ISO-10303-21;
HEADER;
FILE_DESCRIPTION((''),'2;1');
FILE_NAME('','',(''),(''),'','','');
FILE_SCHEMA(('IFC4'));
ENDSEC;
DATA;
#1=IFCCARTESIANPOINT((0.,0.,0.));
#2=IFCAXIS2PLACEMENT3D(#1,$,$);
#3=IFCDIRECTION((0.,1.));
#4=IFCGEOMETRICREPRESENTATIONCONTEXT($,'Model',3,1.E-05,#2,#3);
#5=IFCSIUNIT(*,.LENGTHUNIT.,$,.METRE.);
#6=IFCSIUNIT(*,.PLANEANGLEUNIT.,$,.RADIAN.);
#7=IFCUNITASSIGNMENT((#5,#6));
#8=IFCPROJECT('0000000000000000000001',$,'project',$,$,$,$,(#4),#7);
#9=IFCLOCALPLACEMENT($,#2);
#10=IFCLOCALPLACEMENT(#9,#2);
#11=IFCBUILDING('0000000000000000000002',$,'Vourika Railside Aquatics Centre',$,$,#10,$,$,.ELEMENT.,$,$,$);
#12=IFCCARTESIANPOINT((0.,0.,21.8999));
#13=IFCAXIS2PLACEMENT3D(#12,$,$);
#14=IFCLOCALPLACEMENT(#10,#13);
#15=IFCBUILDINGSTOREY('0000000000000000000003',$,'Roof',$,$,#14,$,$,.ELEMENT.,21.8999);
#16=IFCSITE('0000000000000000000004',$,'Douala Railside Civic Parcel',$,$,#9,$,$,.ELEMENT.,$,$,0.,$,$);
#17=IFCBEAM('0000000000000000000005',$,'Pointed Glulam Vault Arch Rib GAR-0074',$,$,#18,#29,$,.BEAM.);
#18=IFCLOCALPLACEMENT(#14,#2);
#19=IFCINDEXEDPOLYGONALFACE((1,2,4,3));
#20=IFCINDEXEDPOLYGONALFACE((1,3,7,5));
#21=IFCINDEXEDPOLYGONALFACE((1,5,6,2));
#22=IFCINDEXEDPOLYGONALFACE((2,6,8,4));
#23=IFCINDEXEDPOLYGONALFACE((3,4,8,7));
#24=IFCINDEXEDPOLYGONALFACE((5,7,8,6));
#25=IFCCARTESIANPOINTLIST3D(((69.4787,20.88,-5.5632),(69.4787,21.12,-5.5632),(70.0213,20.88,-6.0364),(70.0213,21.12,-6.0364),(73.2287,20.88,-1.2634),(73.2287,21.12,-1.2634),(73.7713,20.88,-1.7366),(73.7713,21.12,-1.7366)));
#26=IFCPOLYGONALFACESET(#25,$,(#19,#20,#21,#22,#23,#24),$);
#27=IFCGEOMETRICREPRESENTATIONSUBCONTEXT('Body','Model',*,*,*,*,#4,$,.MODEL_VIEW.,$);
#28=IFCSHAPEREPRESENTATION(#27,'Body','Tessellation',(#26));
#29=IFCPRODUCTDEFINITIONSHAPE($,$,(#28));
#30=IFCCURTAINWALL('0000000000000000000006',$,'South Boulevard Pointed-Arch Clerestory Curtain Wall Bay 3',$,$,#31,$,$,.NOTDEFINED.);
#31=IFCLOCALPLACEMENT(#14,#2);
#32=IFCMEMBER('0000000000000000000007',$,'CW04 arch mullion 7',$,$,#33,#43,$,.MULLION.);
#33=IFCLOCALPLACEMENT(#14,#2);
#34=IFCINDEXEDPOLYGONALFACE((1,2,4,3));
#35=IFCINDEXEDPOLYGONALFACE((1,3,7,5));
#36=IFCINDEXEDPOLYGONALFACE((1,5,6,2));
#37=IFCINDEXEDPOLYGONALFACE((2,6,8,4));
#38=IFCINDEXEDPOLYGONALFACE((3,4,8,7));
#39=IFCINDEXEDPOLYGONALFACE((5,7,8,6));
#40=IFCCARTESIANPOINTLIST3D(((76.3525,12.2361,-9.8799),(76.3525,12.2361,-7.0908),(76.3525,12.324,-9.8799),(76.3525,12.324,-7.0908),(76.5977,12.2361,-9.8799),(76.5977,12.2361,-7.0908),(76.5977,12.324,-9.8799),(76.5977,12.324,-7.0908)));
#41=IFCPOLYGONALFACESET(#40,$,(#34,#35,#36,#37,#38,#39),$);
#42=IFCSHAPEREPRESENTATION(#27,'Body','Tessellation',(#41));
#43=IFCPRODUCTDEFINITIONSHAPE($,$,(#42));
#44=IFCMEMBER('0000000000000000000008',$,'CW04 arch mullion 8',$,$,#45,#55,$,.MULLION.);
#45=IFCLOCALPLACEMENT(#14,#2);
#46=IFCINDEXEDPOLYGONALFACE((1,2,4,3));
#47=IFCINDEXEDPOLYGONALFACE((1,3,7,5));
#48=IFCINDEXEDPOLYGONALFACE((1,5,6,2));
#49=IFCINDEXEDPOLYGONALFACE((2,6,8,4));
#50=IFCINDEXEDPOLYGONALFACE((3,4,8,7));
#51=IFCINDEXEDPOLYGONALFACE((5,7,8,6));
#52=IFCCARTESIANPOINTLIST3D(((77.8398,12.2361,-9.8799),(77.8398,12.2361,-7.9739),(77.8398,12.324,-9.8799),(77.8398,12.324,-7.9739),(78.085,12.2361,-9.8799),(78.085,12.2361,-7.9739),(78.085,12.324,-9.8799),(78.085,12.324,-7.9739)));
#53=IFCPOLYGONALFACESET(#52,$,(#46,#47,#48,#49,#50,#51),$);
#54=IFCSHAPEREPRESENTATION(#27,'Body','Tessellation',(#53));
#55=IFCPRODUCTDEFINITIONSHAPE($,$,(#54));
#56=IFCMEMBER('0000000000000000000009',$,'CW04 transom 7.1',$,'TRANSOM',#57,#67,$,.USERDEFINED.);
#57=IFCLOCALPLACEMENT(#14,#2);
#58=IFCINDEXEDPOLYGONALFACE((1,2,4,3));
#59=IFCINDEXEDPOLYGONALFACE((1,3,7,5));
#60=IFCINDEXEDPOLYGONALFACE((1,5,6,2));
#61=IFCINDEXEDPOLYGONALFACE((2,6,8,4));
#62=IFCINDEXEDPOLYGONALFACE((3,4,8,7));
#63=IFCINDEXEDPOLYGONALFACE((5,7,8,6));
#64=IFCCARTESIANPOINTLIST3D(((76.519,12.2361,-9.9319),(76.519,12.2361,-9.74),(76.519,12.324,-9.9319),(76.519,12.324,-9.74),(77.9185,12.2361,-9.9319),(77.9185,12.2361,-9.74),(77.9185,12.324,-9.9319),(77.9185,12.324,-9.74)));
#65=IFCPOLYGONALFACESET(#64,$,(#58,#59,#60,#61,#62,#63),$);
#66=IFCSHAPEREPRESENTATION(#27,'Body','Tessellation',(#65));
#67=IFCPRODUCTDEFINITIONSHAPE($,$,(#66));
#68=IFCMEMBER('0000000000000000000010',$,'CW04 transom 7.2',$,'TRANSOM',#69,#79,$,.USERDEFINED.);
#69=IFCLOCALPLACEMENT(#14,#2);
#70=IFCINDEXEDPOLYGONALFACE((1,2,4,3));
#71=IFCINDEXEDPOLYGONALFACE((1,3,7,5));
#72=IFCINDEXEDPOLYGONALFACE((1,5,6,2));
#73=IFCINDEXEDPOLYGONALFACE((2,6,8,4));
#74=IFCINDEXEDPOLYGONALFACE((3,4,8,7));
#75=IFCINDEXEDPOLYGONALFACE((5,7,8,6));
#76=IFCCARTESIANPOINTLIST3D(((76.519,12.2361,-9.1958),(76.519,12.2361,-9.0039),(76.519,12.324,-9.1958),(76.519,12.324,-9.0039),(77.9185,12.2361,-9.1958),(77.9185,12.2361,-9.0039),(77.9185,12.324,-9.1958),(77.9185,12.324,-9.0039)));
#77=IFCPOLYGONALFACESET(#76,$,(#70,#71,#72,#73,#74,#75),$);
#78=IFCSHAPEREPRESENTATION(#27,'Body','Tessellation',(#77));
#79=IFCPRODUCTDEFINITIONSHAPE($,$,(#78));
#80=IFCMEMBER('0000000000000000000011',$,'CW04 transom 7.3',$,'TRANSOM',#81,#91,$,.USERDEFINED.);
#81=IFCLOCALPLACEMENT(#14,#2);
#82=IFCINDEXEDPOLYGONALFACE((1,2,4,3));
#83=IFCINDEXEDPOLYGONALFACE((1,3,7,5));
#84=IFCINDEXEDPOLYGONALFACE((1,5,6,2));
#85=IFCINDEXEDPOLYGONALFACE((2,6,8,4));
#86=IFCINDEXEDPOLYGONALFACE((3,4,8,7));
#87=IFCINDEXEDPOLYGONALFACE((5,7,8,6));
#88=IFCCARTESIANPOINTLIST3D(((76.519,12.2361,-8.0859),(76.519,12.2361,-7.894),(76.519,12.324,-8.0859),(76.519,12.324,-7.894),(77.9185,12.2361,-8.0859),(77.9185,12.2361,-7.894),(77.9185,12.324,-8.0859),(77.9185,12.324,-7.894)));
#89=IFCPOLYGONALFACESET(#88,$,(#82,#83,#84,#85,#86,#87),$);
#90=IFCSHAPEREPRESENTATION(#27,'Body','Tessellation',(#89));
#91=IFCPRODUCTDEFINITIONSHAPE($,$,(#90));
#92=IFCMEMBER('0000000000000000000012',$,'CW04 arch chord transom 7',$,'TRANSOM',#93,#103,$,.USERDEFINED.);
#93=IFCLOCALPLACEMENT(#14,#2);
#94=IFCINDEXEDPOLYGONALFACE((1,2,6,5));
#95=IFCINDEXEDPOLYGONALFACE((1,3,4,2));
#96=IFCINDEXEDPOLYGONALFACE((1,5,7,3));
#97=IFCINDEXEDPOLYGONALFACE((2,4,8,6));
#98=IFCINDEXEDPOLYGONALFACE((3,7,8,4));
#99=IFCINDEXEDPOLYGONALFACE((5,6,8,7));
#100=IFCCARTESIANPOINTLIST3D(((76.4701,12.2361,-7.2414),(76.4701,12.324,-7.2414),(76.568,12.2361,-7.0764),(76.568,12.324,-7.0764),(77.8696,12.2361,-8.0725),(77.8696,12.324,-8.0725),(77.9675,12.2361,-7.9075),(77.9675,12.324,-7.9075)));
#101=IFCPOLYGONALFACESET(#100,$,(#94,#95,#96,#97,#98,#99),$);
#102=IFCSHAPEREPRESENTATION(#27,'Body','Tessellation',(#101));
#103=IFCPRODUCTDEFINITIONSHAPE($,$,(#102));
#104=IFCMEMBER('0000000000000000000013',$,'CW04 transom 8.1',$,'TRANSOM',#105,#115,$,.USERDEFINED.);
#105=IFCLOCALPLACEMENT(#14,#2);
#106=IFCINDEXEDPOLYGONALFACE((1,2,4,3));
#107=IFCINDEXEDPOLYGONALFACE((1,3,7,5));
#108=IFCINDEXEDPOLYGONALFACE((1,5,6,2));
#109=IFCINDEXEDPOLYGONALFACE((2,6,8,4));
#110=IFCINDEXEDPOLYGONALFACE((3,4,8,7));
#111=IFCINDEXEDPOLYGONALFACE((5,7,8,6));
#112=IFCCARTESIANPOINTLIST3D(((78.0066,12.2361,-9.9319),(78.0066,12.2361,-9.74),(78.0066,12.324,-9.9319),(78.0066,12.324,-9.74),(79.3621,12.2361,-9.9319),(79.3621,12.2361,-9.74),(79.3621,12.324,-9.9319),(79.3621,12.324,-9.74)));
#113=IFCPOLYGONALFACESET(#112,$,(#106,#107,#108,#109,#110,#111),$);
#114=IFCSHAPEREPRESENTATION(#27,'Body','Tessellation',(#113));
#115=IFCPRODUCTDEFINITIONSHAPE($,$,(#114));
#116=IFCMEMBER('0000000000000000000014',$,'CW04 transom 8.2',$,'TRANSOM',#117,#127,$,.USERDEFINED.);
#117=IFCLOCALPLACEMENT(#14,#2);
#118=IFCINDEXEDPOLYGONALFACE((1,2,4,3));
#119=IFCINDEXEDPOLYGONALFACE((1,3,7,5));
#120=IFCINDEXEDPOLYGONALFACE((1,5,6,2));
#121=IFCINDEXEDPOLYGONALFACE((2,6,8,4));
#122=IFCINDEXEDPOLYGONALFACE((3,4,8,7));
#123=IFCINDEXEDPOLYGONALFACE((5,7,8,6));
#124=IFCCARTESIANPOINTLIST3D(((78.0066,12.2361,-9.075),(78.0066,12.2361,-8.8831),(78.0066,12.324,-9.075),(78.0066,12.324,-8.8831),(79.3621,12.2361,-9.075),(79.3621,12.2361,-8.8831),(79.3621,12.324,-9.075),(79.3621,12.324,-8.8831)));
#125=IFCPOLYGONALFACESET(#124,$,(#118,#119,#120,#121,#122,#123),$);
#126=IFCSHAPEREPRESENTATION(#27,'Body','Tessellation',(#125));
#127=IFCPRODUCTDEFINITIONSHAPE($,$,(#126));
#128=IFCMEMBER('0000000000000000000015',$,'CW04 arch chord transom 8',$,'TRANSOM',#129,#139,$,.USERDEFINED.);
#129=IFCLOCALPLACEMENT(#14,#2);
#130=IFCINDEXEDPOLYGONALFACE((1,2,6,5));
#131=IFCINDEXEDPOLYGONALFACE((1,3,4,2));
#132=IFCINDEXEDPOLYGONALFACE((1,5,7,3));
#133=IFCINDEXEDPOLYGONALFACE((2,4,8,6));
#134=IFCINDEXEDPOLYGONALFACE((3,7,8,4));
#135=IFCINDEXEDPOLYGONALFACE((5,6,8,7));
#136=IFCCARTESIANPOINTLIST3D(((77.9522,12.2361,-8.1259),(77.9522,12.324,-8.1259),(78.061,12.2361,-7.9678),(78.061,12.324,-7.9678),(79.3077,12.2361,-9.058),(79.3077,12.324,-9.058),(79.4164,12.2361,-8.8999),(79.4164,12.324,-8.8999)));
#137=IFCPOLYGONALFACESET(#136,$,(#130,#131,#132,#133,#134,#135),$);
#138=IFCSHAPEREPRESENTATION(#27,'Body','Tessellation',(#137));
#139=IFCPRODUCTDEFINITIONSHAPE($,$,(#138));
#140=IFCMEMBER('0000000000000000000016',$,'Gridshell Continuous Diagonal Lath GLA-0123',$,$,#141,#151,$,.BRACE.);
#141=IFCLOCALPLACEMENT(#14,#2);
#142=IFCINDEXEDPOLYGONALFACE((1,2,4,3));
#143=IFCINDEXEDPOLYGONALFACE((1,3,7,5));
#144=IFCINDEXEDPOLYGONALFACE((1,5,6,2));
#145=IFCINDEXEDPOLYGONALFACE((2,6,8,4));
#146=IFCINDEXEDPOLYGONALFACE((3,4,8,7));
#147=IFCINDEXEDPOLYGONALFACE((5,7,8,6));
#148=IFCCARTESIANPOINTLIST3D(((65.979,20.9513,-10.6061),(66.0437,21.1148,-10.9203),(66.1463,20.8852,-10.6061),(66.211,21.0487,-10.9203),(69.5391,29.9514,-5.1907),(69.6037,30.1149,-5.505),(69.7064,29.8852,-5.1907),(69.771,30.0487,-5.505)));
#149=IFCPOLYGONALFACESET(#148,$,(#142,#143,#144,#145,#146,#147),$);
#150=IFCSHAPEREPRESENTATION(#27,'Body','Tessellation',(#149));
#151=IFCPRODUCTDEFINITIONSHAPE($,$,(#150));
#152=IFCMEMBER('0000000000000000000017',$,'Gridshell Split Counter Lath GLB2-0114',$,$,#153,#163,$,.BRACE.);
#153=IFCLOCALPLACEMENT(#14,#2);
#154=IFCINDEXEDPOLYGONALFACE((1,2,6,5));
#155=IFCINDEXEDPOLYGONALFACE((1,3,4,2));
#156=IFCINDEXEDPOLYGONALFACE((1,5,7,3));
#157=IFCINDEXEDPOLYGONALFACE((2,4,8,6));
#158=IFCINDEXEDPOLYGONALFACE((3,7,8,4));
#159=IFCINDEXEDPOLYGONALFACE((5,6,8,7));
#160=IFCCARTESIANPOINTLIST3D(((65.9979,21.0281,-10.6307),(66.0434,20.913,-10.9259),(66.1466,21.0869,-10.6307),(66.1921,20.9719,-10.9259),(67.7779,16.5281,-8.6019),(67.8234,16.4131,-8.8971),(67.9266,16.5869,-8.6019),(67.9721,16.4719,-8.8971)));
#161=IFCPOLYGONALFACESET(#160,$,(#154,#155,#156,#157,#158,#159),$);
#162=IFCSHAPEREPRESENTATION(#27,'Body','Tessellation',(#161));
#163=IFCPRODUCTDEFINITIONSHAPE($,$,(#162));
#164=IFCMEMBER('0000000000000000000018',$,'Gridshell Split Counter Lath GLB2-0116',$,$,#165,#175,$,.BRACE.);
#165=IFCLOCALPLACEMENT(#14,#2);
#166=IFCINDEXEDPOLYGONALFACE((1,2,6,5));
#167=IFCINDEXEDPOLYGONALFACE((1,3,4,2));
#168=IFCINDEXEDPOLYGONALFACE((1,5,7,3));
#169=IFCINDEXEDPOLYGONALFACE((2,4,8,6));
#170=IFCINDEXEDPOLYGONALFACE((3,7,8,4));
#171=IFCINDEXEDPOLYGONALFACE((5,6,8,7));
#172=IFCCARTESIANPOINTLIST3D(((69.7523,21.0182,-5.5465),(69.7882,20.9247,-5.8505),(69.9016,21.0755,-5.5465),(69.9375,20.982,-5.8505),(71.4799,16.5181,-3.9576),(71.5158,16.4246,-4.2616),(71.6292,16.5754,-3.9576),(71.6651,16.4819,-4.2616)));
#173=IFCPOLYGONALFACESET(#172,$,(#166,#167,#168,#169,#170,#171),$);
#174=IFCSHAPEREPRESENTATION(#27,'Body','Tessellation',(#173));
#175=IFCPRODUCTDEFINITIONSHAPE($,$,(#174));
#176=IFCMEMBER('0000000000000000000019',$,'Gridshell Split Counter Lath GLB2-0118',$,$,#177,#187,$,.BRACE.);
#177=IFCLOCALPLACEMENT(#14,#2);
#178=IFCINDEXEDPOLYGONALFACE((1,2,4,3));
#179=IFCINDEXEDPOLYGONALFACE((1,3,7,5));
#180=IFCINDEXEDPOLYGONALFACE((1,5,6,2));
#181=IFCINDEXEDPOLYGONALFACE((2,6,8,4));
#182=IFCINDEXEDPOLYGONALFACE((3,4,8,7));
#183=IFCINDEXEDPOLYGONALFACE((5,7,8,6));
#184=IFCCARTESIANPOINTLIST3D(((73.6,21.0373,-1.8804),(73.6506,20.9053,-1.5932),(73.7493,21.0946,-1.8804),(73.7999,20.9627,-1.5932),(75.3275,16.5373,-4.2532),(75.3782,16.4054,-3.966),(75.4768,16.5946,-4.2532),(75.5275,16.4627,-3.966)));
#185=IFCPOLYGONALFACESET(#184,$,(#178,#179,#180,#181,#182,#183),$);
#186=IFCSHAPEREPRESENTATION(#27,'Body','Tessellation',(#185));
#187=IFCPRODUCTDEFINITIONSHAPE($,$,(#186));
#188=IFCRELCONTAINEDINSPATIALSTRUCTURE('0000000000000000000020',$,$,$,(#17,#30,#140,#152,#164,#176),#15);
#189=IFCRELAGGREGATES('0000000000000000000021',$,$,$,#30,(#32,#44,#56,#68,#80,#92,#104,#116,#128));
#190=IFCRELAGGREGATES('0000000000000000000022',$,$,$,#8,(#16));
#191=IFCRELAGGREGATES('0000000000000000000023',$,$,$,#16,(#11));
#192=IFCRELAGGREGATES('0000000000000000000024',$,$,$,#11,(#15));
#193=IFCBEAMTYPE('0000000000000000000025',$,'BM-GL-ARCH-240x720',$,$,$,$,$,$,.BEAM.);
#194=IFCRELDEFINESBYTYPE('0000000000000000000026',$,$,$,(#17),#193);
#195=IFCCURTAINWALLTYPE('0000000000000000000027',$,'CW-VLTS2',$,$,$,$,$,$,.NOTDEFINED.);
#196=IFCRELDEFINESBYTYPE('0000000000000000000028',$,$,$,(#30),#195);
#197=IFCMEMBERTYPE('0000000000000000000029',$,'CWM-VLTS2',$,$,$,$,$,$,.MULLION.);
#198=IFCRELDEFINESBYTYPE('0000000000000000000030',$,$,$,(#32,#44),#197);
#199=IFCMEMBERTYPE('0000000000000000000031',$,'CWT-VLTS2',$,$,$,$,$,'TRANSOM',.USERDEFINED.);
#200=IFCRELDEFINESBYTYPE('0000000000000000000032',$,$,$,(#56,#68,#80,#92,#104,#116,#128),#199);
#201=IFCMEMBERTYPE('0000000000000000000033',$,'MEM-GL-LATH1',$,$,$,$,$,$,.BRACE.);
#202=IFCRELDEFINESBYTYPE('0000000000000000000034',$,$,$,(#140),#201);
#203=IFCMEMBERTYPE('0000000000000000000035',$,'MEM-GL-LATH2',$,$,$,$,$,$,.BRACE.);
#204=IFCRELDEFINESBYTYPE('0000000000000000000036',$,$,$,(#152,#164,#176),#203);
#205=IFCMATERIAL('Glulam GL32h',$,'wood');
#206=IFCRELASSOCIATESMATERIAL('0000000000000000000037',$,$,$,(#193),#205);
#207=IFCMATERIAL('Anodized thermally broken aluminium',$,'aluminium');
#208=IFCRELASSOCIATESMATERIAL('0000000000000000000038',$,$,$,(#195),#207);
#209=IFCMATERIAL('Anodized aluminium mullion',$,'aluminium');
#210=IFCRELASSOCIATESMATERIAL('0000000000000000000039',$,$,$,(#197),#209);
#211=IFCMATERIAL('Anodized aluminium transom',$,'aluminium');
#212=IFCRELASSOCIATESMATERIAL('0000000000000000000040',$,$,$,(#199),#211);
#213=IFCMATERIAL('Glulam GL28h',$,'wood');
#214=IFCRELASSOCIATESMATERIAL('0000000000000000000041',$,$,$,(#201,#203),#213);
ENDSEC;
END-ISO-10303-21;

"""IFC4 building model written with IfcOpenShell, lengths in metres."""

from ifc_helpers import new_model, si_unit, direction, frame, origin, origin_2d, place, context, subcontext, project, spatial, rectangle, extrude, material, material_profile, profile_set, type_object, element, aggregate, save


model = new_model("IFC4")

# Units and contexts
model_context = context("Model", 3, precision=1e-05, world=origin(), true_north=direction((0.0, 1.0)))
body_context = subcontext(model_context, "Body", "Model", "MODEL_VIEW")
ifc_project = project(units=[si_unit("LENGTHUNIT", "METRE"), si_unit("PLANEANGLEUNIT", "RADIAN")], contexts=[model_context])

# Site, building, storey
site_placement = place(None, origin())
site = spatial("IfcSite", under=ifc_project, at=site_placement, Name="Douala Railside Civic Parcel", CompositionType="ELEMENT", RefElevation=0.0)
building_placement = place(site_placement, origin())
building = spatial("IfcBuilding", under=site, at=building_placement, Name="Vourika Railside Aquatics Centre", CompositionType="ELEMENT")
storey_placement = place(building_placement, frame((0.0, 0.0, 21.8999)))
storey = spatial("IfcBuildingStorey", under=building, at=storey_placement, Name="Roof", CompositionType="ELEMENT", Elevation=21.8999)

# Beam
ifc_material_1 = material(Name="Glulam GL32h", Category="wood")
ifc_material_profile_1 = material_profile(ifc_material_1, rectangle(XDim=0.24, YDim=0.72, at=origin_2d()), Name="GL32h 240x720")
ifc_profile_set_1 = profile_set([ifc_material_profile_1], Name="Glulam GL32h")
beam_type = type_object("IfcBeamType", Name="BM-GL-ARCH-240x720", PredefinedType="BEAM", material=ifc_profile_set_1)
beam_placement = place(storey_placement, frame((69.75, 21.0, -5.7998), z_axis=(0.65728, 0.0, 0.753647), x_axis=(0.0, 1.0, 0.0)))
element("IfcBeam", 1, at=beam_placement, inside=storey, type_object=beam_type, Name="Pointed Glulam Vault Arch Rib GAR-0074", PredefinedType="BEAM", context=body_context, shape_type="SweptSolid", body=[
    extrude(rectangle(XDim=0.24, YDim=0.72, at=origin_2d()), origin(), (0.0, 0.0, 1.0), 5.7053),
])

# Curtain wall, members
ifc_material_2 = material(Name="Anodized thermally broken aluminium", Category="aluminium")
curtain_wall_type = type_object("IfcCurtainWallType", Name="CW-VLTS2", PredefinedType="NOTDEFINED", material=ifc_material_2)
curtain_wall_placement = place(storey_placement, origin())
curtain_wall = element("IfcCurtainWall", 2, at=curtain_wall_placement, inside=storey, type_object=curtain_wall_type, Name="South Boulevard Pointed-Arch Clerestory Curtain Wall Bay 3", PredefinedType="NOTDEFINED")
ifc_material_3 = material(Name="Anodized aluminium mullion", Category="aluminium")
ifc_material_profile_2 = material_profile(ifc_material_3, rectangle(XDim=0.0879, YDim=0.2451, at=origin_2d()), Name="ALU-M 88x245")
ifc_profile_set_2 = profile_set([ifc_material_profile_2], Name="Anodized aluminium mullion")
member_type_1 = type_object("IfcMemberType", Name="CWM-VLTS2", PredefinedType="MULLION", material=ifc_profile_set_2)
member_1_placement = place(storey_placement, frame((76.4751, 12.28, -9.8799), z_axis=(0.0, 0.0, 1.0), x_axis=(0.0, 1.0, 0.0)))
member_1 = element("IfcMember", 3, at=member_1_placement, type_object=member_type_1, Name="CW04 arch mullion 7", PredefinedType="MULLION", context=body_context, shape_type="SweptSolid", body=[
    extrude(rectangle(XDim=0.0879, YDim=0.2451, at=origin_2d()), origin(), (0.0, 0.0, 1.0), 2.7891),
])
member_2_placement = place(storey_placement, frame((77.9624, 12.28, -9.8799), z_axis=(0.0, 0.0, 1.0), x_axis=(0.0, 1.0, 0.0)))
member_2 = element("IfcMember", 4, at=member_2_placement, type_object=member_type_1, Name="CW04 arch mullion 8", PredefinedType="MULLION", context=body_context, shape_type="SweptSolid", body=[
    extrude(rectangle(XDim=0.0879, YDim=0.2451, at=origin_2d()), origin(), (0.0, 0.0, 1.0), 1.906),
])
ifc_material_4 = material(Name="Anodized aluminium transom", Category="aluminium")
ifc_material_profile_3 = material_profile(ifc_material_4, rectangle(XDim=0.0879, YDim=0.1919, at=origin_2d()), Name="ALU-T 88x192")
ifc_profile_set_3 = profile_set([ifc_material_profile_3], Name="Anodized aluminium transom")
member_type_2 = type_object("IfcMemberType", Name="CWT-VLTS2", ElementType="TRANSOM", PredefinedType="USERDEFINED", material=ifc_profile_set_3)
member_3_placement = place(storey_placement, frame((76.519, 12.28, -9.8359), z_axis=(1.0, 0.0, 0.0), x_axis=(0.0, 1.0, 0.0)))
member_3 = element("IfcMember", 5, at=member_3_placement, type_object=member_type_2, Name="CW04 transom 7.1", ObjectType="TRANSOM", PredefinedType="USERDEFINED", context=body_context, shape_type="SweptSolid", body=[
    extrude(rectangle(XDim=0.0879, YDim=0.1919, at=origin_2d()), origin(), (0.0, 0.0, 1.0), 1.3994),
])
member_4_placement = place(storey_placement, frame((76.519, 12.28, -9.0999), z_axis=(1.0, 0.0, 0.0), x_axis=(0.0, 1.0, 0.0)))
member_4 = element("IfcMember", 6, at=member_4_placement, type_object=member_type_2, Name="CW04 transom 7.2", ObjectType="TRANSOM", PredefinedType="USERDEFINED", context=body_context, shape_type="SweptSolid", body=[
    extrude(rectangle(XDim=0.0879, YDim=0.1919, at=origin_2d()), origin(), (0.0, 0.0, 1.0), 1.3994),
])
member_5_placement = place(storey_placement, frame((76.519, 12.28, -7.99), z_axis=(1.0, 0.0, 0.0), x_axis=(0.0, 1.0, 0.0)))
member_5 = element("IfcMember", 7, at=member_5_placement, type_object=member_type_2, Name="CW04 transom 7.3", ObjectType="TRANSOM", PredefinedType="USERDEFINED", context=body_context, shape_type="SweptSolid", body=[
    extrude(rectangle(XDim=0.0879, YDim=0.1919, at=origin_2d()), origin(), (0.0, 0.0, 1.0), 1.3994),
])
member_6_placement = place(storey_placement, frame((76.519, 12.28, -7.1589), z_axis=(0.859814, 0.0, -0.510608), x_axis=(0.0, 1.0, 0.0)))
member_6 = element("IfcMember", 8, at=member_6_placement, type_object=member_type_2, Name="CW04 arch chord transom 7", ObjectType="TRANSOM", PredefinedType="USERDEFINED", context=body_context, shape_type="SweptSolid", body=[
    extrude(rectangle(XDim=0.0879, YDim=0.1919, at=origin_2d()), origin(), (0.0, 0.0, 1.0), 1.6277),
])
member_7_placement = place(storey_placement, frame((78.0066, 12.28, -9.8359), z_axis=(1.0, 0.0, 0.0), x_axis=(0.0, 1.0, 0.0)))
member_7 = element("IfcMember", 9, at=member_7_placement, type_object=member_type_2, Name="CW04 transom 8.1", ObjectType="TRANSOM", PredefinedType="USERDEFINED", context=body_context, shape_type="SweptSolid", body=[
    extrude(rectangle(XDim=0.0879, YDim=0.1919, at=origin_2d()), origin(), (0.0, 0.0, 1.0), 1.3555),
])
member_8_placement = place(storey_placement, frame((78.0066, 12.28, -8.979), z_axis=(1.0, 0.0, 0.0), x_axis=(0.0, 1.0, 0.0)))
member_8 = element("IfcMember", 10, at=member_8_placement, type_object=member_type_2, Name="CW04 transom 8.2", ObjectType="TRANSOM", PredefinedType="USERDEFINED", context=body_context, shape_type="SweptSolid", body=[
    extrude(rectangle(XDim=0.0879, YDim=0.1919, at=origin_2d()), origin(), (0.0, 0.0, 1.0), 1.3555),
])
member_9_placement = place(storey_placement, frame((78.0066, 12.28, -8.0469), z_axis=(0.823973, 0.0, -0.56663), x_axis=(0.0, 1.0, 0.0)))
member_9 = element("IfcMember", 11, at=member_9_placement, type_object=member_type_2, Name="CW04 arch chord transom 8", ObjectType="TRANSOM", PredefinedType="USERDEFINED", context=body_context, shape_type="SweptSolid", body=[
    extrude(rectangle(XDim=0.0879, YDim=0.1919, at=origin_2d()), origin(), (0.0, 0.0, 1.0), 1.645),
])

# Members
ifc_material_5 = material(Name="Glulam GL28h", Category="wood")
ifc_material_profile_4 = material_profile(ifc_material_5, rectangle(XDim=0.1799, YDim=0.3601, at=origin_2d()), Name="GL28h 180x360")
ifc_profile_set_4 = profile_set([ifc_material_profile_4], Name="Glulam GL28h")
member_type_3 = type_object("IfcMemberType", Name="MEM-GL-LATH1", PredefinedType="BRACE", material=ifc_profile_set_4)
member_10_placement = place(storey_placement, frame((66.095, 21.0, -10.7632), z_axis=(0.321001, 0.811505, 0.488281), x_axis=(-0.929893, 0.36783, 0.0)))
element("IfcMember", 12, at=member_10_placement, inside=storey, type_object=member_type_3, Name="Gridshell Continuous Diagonal Lath GLA-0123", PredefinedType="BRACE", context=body_context, shape_type="SweptSolid", body=[
    extrude(rectangle(XDim=0.1799, YDim=0.3601, at=origin_2d()), origin(), (0.0, 0.0, 1.0), 11.0906),
])
ifc_material_profile_5 = material_profile(ifc_material_5, rectangle(XDim=0.1599, YDim=0.3201, at=origin_2d()), Name="GL28h 160x320")
ifc_profile_set_5 = profile_set([ifc_material_profile_5], Name="Glulam GL28h")
member_type_4 = type_object("IfcMemberType", Name="MEM-GL-LATH2", PredefinedType="BRACE", material=ifc_profile_set_5)
member_11_placement = place(storey_placement, frame((67.875, 16.5, -8.7495), z_axis=(-0.339225, 0.857577, -0.386636), x_axis=(-0.929893, -0.36783, 0.0)))
element("IfcMember", 13, at=member_11_placement, inside=storey, type_object=member_type_4, Name="Gridshell Split Counter Lath GLB2-0114", PredefinedType="BRACE", context=body_context, shape_type="SweptSolid", body=[
    extrude(rectangle(XDim=0.1599, YDim=0.3201, at=origin_2d()), origin(), (0.0, 0.0, 1.0), 5.2473),
])
member_12_placement = place(storey_placement, frame((71.5725, 16.5, -4.1096), z_axis=(-0.34038, 0.886643, -0.313057), x_axis=(-0.93357, -0.358395, 0.0)))
element("IfcMember", 14, at=member_12_placement, inside=storey, type_object=member_type_4, Name="Gridshell Split Counter Lath GLB2-0116", PredefinedType="BRACE", context=body_context, shape_type="SweptSolid", body=[
    extrude(rectangle(XDim=0.1599, YDim=0.3201, at=origin_2d()), origin(), (0.0, 0.0, 1.0), 5.0754),
])
member_13_placement = place(storey_placement, frame((75.4275, 16.5, -4.1096), z_axis=(-0.321548, 0.837587, 0.441651), x_axis=(-0.93357, -0.358395, 0.0)))
element("IfcMember", 15, at=member_13_placement, inside=storey, type_object=member_type_4, Name="Gridshell Split Counter Lath GLB2-0118", PredefinedType="BRACE", context=body_context, shape_type="SweptSolid", body=[
    extrude(rectangle(XDim=0.1599, YDim=0.3201, at=origin_2d()), origin(), (0.0, 0.0, 1.0), 5.3726),
])

aggregate(curtain_wall, [member_1, member_2, member_3, member_4, member_5, member_6, member_7, member_8, member_9])

save(model, "model.ifc")
